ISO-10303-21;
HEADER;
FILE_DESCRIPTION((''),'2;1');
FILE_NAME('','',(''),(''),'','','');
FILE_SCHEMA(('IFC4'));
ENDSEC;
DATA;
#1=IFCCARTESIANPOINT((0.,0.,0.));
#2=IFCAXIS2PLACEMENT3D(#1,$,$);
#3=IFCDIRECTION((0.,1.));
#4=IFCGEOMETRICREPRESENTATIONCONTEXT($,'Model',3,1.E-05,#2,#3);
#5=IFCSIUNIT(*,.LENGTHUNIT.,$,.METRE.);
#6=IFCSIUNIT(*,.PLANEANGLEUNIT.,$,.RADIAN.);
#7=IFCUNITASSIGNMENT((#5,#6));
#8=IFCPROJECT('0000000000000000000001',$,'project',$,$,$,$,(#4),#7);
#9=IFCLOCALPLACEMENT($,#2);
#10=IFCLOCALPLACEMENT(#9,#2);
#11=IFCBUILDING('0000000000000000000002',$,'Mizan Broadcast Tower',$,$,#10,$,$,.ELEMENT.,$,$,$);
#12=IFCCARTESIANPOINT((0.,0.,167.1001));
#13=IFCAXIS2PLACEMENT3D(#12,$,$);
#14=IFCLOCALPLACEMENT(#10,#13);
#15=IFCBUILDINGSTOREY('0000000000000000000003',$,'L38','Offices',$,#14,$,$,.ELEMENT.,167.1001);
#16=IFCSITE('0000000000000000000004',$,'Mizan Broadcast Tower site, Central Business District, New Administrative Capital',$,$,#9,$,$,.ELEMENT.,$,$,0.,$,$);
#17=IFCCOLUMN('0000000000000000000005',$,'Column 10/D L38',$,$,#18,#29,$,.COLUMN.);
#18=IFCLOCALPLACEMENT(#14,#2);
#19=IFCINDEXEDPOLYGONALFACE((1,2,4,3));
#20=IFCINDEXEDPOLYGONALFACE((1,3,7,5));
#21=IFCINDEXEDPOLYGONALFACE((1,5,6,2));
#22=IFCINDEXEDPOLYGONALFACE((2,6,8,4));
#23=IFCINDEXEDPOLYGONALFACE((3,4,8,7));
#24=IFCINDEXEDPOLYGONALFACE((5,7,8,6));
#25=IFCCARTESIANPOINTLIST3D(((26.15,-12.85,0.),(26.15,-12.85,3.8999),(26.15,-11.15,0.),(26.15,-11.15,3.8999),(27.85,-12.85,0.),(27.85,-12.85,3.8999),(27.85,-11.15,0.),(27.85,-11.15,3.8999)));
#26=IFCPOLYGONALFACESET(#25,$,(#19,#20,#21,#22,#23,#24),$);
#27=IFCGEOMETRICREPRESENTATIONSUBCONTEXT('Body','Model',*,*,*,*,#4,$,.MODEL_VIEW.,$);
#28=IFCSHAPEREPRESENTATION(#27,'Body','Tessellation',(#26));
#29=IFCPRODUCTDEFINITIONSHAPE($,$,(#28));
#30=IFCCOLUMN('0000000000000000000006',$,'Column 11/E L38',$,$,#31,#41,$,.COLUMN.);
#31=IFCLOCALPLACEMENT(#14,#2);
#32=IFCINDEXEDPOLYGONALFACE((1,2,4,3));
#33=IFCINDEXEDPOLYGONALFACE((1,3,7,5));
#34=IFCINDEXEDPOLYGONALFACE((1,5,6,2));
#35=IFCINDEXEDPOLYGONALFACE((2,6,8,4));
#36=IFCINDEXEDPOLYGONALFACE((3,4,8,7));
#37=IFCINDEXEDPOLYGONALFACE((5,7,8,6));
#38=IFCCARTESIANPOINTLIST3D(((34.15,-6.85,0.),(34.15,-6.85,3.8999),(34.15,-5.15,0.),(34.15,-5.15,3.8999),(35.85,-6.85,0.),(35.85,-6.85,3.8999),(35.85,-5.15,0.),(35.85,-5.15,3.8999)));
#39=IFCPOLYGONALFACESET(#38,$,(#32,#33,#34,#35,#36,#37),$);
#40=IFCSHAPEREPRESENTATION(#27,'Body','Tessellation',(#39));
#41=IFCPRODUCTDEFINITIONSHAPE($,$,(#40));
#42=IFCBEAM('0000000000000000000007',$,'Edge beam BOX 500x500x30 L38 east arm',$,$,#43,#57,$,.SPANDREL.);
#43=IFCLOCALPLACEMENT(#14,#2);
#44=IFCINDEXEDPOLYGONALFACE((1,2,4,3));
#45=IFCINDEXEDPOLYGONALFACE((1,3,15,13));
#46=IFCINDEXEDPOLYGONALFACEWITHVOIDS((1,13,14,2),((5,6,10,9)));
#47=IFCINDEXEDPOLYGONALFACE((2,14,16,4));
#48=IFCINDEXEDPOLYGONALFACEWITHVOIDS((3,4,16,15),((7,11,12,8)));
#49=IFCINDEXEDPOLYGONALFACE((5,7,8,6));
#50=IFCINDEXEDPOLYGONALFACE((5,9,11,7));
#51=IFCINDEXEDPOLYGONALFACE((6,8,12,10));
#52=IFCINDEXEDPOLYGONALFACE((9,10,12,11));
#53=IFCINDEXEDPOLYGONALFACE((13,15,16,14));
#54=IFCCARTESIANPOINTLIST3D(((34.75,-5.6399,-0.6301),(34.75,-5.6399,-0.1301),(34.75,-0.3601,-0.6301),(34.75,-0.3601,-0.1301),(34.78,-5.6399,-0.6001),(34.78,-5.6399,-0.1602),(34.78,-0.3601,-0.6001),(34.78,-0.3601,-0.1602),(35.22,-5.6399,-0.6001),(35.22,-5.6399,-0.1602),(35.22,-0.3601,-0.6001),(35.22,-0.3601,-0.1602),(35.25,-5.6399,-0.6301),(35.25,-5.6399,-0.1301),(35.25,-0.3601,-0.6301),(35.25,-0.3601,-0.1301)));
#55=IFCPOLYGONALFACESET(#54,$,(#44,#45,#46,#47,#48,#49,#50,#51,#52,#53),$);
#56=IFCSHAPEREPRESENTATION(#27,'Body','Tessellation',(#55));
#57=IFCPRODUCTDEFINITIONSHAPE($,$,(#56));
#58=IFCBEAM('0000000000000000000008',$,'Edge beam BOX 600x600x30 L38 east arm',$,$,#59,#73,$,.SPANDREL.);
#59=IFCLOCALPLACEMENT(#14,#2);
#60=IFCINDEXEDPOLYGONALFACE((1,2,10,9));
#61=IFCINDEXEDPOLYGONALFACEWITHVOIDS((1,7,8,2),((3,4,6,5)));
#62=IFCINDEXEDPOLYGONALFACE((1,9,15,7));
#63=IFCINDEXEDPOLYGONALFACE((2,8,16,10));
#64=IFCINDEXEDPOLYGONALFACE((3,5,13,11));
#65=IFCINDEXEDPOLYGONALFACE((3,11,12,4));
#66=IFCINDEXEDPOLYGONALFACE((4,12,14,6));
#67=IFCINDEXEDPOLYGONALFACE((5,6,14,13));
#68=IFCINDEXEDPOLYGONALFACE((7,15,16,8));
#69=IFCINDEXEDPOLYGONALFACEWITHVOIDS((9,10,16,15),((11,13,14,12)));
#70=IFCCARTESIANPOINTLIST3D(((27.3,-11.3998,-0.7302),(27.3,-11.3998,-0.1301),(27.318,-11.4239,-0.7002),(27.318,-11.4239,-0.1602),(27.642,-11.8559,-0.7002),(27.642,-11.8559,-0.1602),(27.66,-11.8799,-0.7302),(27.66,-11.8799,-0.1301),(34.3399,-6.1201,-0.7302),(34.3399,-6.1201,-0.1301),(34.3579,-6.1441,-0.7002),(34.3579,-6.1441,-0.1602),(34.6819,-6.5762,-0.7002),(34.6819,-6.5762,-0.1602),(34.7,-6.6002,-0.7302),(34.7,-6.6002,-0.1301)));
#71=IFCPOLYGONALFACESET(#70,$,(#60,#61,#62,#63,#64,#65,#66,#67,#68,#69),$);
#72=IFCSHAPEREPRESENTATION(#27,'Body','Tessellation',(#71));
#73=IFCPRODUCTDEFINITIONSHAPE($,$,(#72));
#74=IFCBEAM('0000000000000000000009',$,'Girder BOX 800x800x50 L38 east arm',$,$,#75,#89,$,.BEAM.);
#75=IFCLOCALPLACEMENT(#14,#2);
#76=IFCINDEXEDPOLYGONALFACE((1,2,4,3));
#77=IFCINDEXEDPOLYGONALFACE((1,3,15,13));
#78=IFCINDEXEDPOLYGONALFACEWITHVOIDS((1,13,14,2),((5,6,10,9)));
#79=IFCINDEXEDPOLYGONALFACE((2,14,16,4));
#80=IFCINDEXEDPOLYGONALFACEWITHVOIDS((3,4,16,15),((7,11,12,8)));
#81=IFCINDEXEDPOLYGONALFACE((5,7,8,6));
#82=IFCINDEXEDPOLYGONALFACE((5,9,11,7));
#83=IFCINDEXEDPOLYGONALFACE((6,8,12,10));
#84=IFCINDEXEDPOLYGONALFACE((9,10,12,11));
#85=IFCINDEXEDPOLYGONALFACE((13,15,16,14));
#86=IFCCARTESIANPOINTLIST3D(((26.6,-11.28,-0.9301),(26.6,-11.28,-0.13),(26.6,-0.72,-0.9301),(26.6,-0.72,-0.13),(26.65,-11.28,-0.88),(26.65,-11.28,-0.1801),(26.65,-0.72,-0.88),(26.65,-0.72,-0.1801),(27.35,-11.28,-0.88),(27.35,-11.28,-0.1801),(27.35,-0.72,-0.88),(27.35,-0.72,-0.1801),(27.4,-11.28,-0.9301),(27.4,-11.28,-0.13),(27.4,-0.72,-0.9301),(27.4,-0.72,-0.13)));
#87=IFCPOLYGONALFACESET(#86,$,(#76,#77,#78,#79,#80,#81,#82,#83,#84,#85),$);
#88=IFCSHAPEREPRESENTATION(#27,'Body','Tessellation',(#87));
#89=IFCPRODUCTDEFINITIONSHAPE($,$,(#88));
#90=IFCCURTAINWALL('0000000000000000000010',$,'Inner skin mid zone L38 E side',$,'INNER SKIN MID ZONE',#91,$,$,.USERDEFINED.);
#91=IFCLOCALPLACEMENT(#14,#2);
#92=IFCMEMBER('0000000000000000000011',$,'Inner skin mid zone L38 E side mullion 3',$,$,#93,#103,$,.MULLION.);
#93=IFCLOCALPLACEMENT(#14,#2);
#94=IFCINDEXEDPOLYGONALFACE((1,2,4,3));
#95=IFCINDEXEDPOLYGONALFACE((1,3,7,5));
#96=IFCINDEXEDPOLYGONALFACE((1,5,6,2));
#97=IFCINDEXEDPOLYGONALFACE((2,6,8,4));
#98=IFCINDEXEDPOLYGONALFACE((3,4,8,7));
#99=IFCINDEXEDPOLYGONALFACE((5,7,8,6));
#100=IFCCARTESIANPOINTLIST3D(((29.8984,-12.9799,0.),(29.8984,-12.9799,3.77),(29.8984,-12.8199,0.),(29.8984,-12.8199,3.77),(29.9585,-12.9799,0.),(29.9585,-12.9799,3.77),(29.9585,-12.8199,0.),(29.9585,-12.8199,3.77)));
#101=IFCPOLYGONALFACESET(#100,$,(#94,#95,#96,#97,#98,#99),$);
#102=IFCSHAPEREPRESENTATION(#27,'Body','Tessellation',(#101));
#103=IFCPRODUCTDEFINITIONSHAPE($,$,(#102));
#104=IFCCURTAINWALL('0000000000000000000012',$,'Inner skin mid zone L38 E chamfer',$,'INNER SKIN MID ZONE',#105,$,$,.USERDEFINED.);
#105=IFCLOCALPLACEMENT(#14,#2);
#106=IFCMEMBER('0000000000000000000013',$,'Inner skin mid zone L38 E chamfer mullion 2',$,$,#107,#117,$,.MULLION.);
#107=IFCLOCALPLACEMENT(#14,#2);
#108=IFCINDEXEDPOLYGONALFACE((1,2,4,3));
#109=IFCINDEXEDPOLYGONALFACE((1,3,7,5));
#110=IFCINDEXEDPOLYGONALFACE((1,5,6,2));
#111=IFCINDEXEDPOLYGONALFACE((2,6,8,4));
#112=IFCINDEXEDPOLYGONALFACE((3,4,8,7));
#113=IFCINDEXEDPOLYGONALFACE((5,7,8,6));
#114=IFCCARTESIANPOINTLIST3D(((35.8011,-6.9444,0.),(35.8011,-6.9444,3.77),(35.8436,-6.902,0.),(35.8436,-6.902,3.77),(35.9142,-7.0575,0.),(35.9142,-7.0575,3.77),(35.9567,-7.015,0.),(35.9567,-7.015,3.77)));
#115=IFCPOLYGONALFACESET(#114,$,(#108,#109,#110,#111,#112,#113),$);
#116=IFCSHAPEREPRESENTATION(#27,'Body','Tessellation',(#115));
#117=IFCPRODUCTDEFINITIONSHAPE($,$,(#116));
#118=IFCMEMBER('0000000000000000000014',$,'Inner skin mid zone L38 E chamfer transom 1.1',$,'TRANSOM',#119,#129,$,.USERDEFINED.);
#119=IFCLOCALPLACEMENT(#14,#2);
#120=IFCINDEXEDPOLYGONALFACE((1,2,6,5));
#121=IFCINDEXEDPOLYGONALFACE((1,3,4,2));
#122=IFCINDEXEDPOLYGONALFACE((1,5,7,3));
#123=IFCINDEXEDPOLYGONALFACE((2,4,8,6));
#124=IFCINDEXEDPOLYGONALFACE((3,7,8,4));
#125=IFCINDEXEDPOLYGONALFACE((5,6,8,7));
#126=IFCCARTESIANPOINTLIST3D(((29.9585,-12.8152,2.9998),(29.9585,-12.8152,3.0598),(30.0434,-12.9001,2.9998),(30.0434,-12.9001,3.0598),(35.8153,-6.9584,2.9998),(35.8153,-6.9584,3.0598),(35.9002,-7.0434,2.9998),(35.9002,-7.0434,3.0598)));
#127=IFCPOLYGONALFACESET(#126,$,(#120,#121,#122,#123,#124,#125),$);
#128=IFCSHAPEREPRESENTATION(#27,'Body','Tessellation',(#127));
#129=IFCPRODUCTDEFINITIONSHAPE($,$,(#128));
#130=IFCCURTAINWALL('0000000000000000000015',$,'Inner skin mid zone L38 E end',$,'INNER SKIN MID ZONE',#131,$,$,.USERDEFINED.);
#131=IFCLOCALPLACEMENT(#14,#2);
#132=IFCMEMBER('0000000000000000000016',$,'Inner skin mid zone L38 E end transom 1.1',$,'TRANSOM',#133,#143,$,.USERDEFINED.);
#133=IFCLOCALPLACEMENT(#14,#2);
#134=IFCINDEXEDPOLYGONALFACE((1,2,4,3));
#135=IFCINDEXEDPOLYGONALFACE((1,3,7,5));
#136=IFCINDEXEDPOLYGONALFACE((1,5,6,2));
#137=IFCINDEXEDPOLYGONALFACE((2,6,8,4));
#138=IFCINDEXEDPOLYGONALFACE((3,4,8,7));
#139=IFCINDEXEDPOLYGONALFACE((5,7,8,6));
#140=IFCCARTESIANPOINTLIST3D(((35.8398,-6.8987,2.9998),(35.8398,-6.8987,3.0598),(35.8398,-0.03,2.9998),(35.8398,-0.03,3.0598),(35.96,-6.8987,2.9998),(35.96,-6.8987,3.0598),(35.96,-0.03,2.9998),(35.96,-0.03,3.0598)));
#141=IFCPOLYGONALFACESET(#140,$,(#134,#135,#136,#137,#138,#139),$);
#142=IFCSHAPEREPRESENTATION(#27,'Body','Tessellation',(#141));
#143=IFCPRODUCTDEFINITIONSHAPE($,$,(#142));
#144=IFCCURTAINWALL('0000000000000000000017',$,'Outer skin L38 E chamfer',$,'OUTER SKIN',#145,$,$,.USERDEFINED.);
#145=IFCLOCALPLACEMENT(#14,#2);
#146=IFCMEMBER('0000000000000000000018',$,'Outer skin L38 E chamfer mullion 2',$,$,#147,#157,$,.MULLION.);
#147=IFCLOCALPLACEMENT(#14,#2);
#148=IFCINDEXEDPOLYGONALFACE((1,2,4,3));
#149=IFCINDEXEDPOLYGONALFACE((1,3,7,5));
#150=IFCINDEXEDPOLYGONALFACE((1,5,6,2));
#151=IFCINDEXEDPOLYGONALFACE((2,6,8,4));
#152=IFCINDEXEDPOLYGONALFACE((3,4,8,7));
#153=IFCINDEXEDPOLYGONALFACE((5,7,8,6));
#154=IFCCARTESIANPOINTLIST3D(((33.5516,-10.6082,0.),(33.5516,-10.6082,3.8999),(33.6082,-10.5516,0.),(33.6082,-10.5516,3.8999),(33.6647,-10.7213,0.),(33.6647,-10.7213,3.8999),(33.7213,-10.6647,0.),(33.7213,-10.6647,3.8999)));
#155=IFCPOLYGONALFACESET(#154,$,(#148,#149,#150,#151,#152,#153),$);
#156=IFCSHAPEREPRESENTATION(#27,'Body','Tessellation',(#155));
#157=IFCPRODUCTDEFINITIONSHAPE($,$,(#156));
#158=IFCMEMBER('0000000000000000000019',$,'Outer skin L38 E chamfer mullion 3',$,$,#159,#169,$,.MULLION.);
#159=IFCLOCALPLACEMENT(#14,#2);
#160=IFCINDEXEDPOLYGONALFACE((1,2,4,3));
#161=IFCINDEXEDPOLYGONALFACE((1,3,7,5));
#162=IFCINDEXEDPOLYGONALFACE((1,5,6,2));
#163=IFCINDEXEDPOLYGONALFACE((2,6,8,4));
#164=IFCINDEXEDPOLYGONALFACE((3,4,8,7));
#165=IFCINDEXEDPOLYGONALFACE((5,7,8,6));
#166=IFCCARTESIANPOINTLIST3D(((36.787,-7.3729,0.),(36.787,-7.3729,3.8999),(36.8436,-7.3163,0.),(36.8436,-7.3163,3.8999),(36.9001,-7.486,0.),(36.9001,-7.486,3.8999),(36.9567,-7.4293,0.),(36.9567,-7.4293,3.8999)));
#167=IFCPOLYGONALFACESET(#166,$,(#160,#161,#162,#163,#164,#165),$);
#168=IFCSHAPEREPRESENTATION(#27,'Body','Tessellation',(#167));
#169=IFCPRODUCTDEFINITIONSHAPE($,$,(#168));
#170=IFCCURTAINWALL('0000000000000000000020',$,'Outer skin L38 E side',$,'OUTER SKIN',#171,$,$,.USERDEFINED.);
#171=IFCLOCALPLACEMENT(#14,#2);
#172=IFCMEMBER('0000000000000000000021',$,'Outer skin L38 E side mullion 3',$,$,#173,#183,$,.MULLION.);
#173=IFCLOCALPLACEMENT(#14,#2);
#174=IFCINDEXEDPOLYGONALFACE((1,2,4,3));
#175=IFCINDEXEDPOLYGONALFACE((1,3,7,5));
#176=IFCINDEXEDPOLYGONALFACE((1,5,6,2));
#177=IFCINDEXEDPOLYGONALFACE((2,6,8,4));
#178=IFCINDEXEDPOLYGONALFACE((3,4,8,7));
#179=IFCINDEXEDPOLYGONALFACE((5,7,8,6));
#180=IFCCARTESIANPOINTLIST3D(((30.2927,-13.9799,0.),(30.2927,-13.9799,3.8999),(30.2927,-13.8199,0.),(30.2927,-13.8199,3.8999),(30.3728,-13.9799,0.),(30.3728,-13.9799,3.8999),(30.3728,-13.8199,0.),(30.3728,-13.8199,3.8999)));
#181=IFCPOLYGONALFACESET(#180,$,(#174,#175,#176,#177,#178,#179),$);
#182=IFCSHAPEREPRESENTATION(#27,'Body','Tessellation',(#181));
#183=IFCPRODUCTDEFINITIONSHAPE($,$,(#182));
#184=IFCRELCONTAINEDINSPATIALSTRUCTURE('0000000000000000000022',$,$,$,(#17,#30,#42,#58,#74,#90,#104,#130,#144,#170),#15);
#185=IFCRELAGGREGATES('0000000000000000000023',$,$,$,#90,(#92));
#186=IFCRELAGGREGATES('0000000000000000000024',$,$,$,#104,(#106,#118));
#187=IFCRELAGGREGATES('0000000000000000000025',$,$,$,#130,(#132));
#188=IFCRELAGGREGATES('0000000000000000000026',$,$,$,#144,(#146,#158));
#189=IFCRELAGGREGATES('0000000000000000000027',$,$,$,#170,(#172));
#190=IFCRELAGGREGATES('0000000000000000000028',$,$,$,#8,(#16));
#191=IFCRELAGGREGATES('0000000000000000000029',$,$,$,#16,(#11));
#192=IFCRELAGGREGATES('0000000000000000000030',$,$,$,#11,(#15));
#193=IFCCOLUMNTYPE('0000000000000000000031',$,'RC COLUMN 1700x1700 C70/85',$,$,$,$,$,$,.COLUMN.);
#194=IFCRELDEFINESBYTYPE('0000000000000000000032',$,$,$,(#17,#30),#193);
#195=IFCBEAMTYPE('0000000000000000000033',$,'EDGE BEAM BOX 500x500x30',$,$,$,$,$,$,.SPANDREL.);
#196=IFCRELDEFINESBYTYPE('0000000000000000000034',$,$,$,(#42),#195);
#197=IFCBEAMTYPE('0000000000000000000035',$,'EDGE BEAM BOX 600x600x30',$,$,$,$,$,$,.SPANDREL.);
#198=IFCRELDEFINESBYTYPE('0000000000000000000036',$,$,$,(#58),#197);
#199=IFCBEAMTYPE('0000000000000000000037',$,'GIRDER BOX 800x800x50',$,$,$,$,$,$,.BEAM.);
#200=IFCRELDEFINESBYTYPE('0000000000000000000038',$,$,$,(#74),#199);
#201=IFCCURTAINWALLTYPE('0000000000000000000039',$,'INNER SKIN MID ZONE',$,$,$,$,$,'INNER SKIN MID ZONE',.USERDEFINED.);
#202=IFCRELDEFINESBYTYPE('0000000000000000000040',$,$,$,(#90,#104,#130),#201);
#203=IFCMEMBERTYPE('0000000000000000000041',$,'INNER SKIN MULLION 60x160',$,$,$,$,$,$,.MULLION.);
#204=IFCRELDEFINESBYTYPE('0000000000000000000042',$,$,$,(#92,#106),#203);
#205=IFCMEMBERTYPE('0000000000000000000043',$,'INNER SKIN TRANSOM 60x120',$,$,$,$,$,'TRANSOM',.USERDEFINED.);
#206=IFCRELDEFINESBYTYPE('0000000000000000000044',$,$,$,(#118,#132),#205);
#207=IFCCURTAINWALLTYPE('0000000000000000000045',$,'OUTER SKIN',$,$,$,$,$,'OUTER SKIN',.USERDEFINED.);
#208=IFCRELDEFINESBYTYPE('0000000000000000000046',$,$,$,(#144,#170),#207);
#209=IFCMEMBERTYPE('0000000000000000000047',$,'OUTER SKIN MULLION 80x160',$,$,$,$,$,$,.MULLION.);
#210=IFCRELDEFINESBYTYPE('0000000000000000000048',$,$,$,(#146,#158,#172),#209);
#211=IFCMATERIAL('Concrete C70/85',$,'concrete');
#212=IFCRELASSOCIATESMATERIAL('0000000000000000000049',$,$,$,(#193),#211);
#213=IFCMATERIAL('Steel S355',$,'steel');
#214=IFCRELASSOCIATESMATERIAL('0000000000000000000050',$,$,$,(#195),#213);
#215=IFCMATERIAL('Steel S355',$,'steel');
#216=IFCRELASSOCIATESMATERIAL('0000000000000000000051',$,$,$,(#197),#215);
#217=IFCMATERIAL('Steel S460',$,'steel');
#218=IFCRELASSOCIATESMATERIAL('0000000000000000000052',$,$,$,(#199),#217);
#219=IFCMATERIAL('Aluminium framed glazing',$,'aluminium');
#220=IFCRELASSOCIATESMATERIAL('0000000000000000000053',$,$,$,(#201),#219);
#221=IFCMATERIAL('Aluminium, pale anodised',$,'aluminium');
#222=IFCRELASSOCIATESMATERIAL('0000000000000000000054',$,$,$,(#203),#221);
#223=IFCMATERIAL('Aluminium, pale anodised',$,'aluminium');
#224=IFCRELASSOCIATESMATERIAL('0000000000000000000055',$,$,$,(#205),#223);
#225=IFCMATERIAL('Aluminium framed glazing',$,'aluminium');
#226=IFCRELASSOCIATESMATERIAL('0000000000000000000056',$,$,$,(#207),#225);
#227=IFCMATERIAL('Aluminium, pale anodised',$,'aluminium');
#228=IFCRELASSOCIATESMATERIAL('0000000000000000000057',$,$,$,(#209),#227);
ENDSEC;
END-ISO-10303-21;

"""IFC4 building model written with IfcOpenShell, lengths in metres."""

from ifc_helpers import new_model, si_unit, direction, frame, origin, origin_2d, place, context, subcontext, project, spatial, rectangle, hollow_rectangle, extrude, material, material_profile, profile_set, type_object, element, aggregate, save


model = new_model("IFC4")

# Units and contexts
model_context = context("Model", 3, precision=1e-05, world=origin(), true_north=direction((0.0, 1.0)))
body_context = subcontext(model_context, "Body", "Model", "MODEL_VIEW")
ifc_project = project(units=[si_unit("LENGTHUNIT", "METRE"), si_unit("PLANEANGLEUNIT", "RADIAN")], contexts=[model_context])

# Site, building, storey
site_placement = place(None, origin())
site = spatial("IfcSite", under=ifc_project, at=site_placement, Name="Mizan Broadcast Tower site, Central Business District, New Administrative Capital", CompositionType="ELEMENT", RefElevation=0.0)
building_placement = place(site_placement, origin())
building = spatial("IfcBuilding", under=site, at=building_placement, Name="Mizan Broadcast Tower", CompositionType="ELEMENT")
storey_placement = place(building_placement, frame((0.0, 0.0, 167.1001)))
storey = spatial("IfcBuildingStorey", under=building, at=storey_placement, Name="L38", Description="Offices", CompositionType="ELEMENT", Elevation=167.1001)

# Columns
ifc_material_1 = material(Name="Concrete C70/85", Category="concrete")
ifc_material_profile_1 = material_profile(ifc_material_1, rectangle(XDim=1.7, YDim=1.7, at=origin_2d()), Name="RC 1700x1700")
ifc_profile_set_1 = profile_set([ifc_material_profile_1], Name="Concrete C70/85")
column_type = type_object("IfcColumnType", Name="RC COLUMN 1700x1700 C70/85", PredefinedType="COLUMN", material=ifc_profile_set_1)
for number, where, z_axis, x_axis, name in (
    (1, (27.0, -12.0, 0.0), (0.0, 0.0, 1.0), (1.0, 0.0, 0.0), "Column 10/D L38"),
    (2, (35.0, -6.0, 0.0), (0.0, 0.0, 1.0), (1.0, 0.0, 0.0), "Column 11/E L38"),
):
    element("IfcColumn", number, at=place(storey_placement, frame(where, z_axis=z_axis, x_axis=x_axis)), inside=storey, type_object=column_type, Name=name, PredefinedType="COLUMN", context=body_context, shape_type="SweptSolid", body=[
        extrude(rectangle(XDim=1.7, YDim=1.7, at=origin_2d()), origin(), (0.0, 0.0, 1.0), 3.8999),
    ])

# Beams
ifc_material_2 = material(Name="Steel S355", Category="steel")
ifc_material_profile_2 = material_profile(ifc_material_2, hollow_rectangle(XDim=0.5, YDim=0.5, WallThickness=0.03, at=origin_2d()), Name="BOX 500x500x30")
ifc_profile_set_2 = profile_set([ifc_material_profile_2], Name="Steel S355")
beam_type_1 = type_object("IfcBeamType", Name="EDGE BEAM BOX 500x500x30", PredefinedType="SPANDREL", material=ifc_profile_set_2)
beam_1_placement = place(storey_placement, frame((35.0, -5.6399, -0.3801), z_axis=(0.0, 1.0, 0.0), x_axis=(-1.0, 0.0, 0.0)))
element("IfcBeam", 3, at=beam_1_placement, inside=storey, type_object=beam_type_1, Name="Edge beam BOX 500x500x30 L38 east arm", PredefinedType="SPANDREL", context=body_context, shape_type="SweptSolid", body=[
    extrude(hollow_rectangle(XDim=0.5, YDim=0.5, WallThickness=0.03, at=origin_2d()), origin(), (0.0, 0.0, 1.0), 5.2798),
])
ifc_material_3 = material(Name="Steel S355", Category="steel")
ifc_material_profile_3 = material_profile(ifc_material_3, hollow_rectangle(XDim=0.6001, YDim=0.6001, WallThickness=0.03, at=origin_2d()), Name="BOX 600x600x30")
ifc_profile_set_3 = profile_set([ifc_material_profile_3], Name="Steel S355")
beam_type_2 = type_object("IfcBeamType", Name="EDGE BEAM BOX 600x600x30", PredefinedType="SPANDREL", material=ifc_profile_set_3)
beam_2_placement = place(storey_placement, frame((27.48, -11.6399, -0.4302), z_axis=(0.800013, 0.599982, 0.0), x_axis=(-0.599982, 0.800013, 0.0)))
element("IfcBeam", 4, at=beam_2_placement, inside=storey, type_object=beam_type_2, Name="Edge beam BOX 600x600x30 L38 east arm", PredefinedType="SPANDREL", context=body_context, shape_type="SweptSolid", body=[
    extrude(hollow_rectangle(XDim=0.6001, YDim=0.6001, WallThickness=0.03, at=origin_2d()), origin(), (0.0, 0.0, 1.0), 8.7998),
])
ifc_material_4 = material(Name="Steel S460", Category="steel")
ifc_material_profile_4 = material_profile(ifc_material_4, hollow_rectangle(XDim=0.8, YDim=0.8, WallThickness=0.05, at=origin_2d()), Name="BOX 800x800x50")
ifc_profile_set_4 = profile_set([ifc_material_profile_4], Name="Steel S460")
beam_type_3 = type_object("IfcBeamType", Name="GIRDER BOX 800x800x50", PredefinedType="BEAM", material=ifc_profile_set_4)
beam_3_placement = place(storey_placement, frame((27.0, -11.28, -0.53), z_axis=(0.0, 1.0, 0.0), x_axis=(-1.0, 0.0, 0.0)))
element("IfcBeam", 5, at=beam_3_placement, inside=storey, type_object=beam_type_3, Name="Girder BOX 800x800x50 L38 east arm", PredefinedType="BEAM", context=body_context, shape_type="SweptSolid", body=[
    extrude(hollow_rectangle(XDim=0.8, YDim=0.8, WallThickness=0.05, at=origin_2d()), origin(), (0.0, 0.0, 1.0), 10.5601),
])

# Curtain wall, member
ifc_material_5 = material(Name="Aluminium framed glazing", Category="aluminium")
curtain_wall_type_1 = type_object("IfcCurtainWallType", Name="INNER SKIN MID ZONE", ElementType="INNER SKIN MID ZONE", PredefinedType="USERDEFINED", material=ifc_material_5)
curtain_wall_1_placement = place(storey_placement, origin())
curtain_wall_1 = element("IfcCurtainWall", 6, at=curtain_wall_1_placement, inside=storey, type_object=curtain_wall_type_1, Name="Inner skin mid zone L38 E side", ObjectType="INNER SKIN MID ZONE", PredefinedType="USERDEFINED")
ifc_material_6 = material(Name="Aluminium, pale anodised", Category="aluminium")
ifc_material_profile_5 = material_profile(ifc_material_6, rectangle(XDim=0.1599, YDim=0.0601, at=origin_2d()), Name="MULLION 160x60")
ifc_profile_set_5 = profile_set([ifc_material_profile_5], Name="Aluminium, pale anodised")
member_type_1 = type_object("IfcMemberType", Name="INNER SKIN MULLION 60x160", PredefinedType="MULLION", material=ifc_profile_set_5)
member_1_placement = place(storey_placement, frame((29.9285, -12.8999, 0.0), z_axis=(0.0, 0.0, 1.0), x_axis=(0.0, 1.0, 0.0)))
member_1 = element("IfcMember", 7, at=member_1_placement, type_object=member_type_1, Name="Inner skin mid zone L38 E side mullion 3", PredefinedType="MULLION", context=body_context, shape_type="SweptSolid", body=[
    extrude(rectangle(XDim=0.1599, YDim=0.0601, at=origin_2d()), origin(), (0.0, 0.0, 1.0), 3.77),
])

# Curtain wall, members
curtain_wall_2_placement = place(storey_placement, origin())
curtain_wall_2 = element("IfcCurtainWall", 8, at=curtain_wall_2_placement, inside=storey, type_object=curtain_wall_type_1, Name="Inner skin mid zone L38 E chamfer", ObjectType="INNER SKIN MID ZONE", PredefinedType="USERDEFINED")
member_2_placement = place(storey_placement, frame((35.8789, -6.9797, 0.0), z_axis=(0.0, 0.0, 1.0), x_axis=(-0.707107, 0.707107, 0.0)))
member_2 = element("IfcMember", 9, at=member_2_placement, type_object=member_type_1, Name="Inner skin mid zone L38 E chamfer mullion 2", PredefinedType="MULLION", context=body_context, shape_type="SweptSolid", body=[
    extrude(rectangle(XDim=0.1599, YDim=0.0601, at=origin_2d()), origin(), (0.0, 0.0, 1.0), 3.77),
])
ifc_material_7 = material(Name="Aluminium, pale anodised", Category="aluminium")
ifc_material_profile_6 = material_profile(ifc_material_7, rectangle(XDim=0.1201, YDim=0.0601, at=origin_2d()), Name="TRANSOM 120x60")
ifc_profile_set_6 = profile_set([ifc_material_profile_6], Name="Aluminium, pale anodised")
member_type_2 = type_object("IfcMemberType", Name="INNER SKIN TRANSOM 60x120", ElementType="TRANSOM", PredefinedType="USERDEFINED", material=ifc_profile_set_6)
member_3_placement = place(storey_placement, frame((30.001, -12.8577, 3.0298), z_axis=(0.707107, 0.707107, 0.0), x_axis=(-0.707107, 0.707107, 0.0)))
member_3 = element("IfcMember", 10, at=member_3_placement, type_object=member_type_2, Name="Inner skin mid zone L38 E chamfer transom 1.1", ObjectType="TRANSOM", PredefinedType="USERDEFINED", context=body_context, shape_type="SweptSolid", body=[
    extrude(rectangle(XDim=0.1201, YDim=0.0601, at=origin_2d()), origin(), (0.0, 0.0, 1.0), 8.2827),
])

# Curtain wall, member
curtain_wall_3_placement = place(storey_placement, origin())
curtain_wall_3 = element("IfcCurtainWall", 11, at=curtain_wall_3_placement, inside=storey, type_object=curtain_wall_type_1, Name="Inner skin mid zone L38 E end", ObjectType="INNER SKIN MID ZONE", PredefinedType="USERDEFINED")
member_4_placement = place(storey_placement, frame((35.8999, -6.8987, 3.0298), z_axis=(0.0, 1.0, 0.0), x_axis=(-1.0, 0.0, 0.0)))
member_4 = element("IfcMember", 12, at=member_4_placement, type_object=member_type_2, Name="Inner skin mid zone L38 E end transom 1.1", ObjectType="TRANSOM", PredefinedType="USERDEFINED", context=body_context, shape_type="SweptSolid", body=[
    extrude(rectangle(XDim=0.1201, YDim=0.0601, at=origin_2d()), origin(), (0.0, 0.0, 1.0), 6.8687),
])

# Curtain wall, members
ifc_material_8 = material(Name="Aluminium framed glazing", Category="aluminium")
curtain_wall_type_2 = type_object("IfcCurtainWallType", Name="OUTER SKIN", ElementType="OUTER SKIN", PredefinedType="USERDEFINED", material=ifc_material_8)
curtain_wall_4_placement = place(storey_placement, origin())
curtain_wall_4 = element("IfcCurtainWall", 13, at=curtain_wall_4_placement, inside=storey, type_object=curtain_wall_type_2, Name="Outer skin L38 E chamfer", ObjectType="OUTER SKIN", PredefinedType="USERDEFINED")
ifc_material_9 = material(Name="Aluminium, pale anodised", Category="aluminium")
ifc_material_profile_7 = material_profile(ifc_material_9, rectangle(XDim=0.1599, YDim=0.0801, at=origin_2d()), Name="MULLION 160x80")
ifc_profile_set_7 = profile_set([ifc_material_profile_7], Name="Aluminium, pale anodised")
member_type_3 = type_object("IfcMemberType", Name="OUTER SKIN MULLION 80x160", PredefinedType="MULLION", material=ifc_profile_set_7)
member_5_placement = place(storey_placement, frame((33.6365, -10.6365, 0.0), z_axis=(0.0, 0.0, 1.0), x_axis=(-0.707107, 0.707107, 0.0)))
member_5 = element("IfcMember", 14, at=member_5_placement, type_object=member_type_3, Name="Outer skin L38 E chamfer mullion 2", PredefinedType="MULLION", context=body_context, shape_type="SweptSolid", body=[
    extrude(rectangle(XDim=0.1599, YDim=0.0801, at=origin_2d()), origin(), (0.0, 0.0, 1.0), 3.8999),
])
member_6_placement = place(storey_placement, frame((36.8718, -7.4011, 0.0), z_axis=(0.0, 0.0, 1.0), x_axis=(-0.707107, 0.707107, 0.0)))
member_6 = element("IfcMember", 15, at=member_6_placement, type_object=member_type_3, Name="Outer skin L38 E chamfer mullion 3", PredefinedType="MULLION", context=body_context, shape_type="SweptSolid", body=[
    extrude(rectangle(XDim=0.1599, YDim=0.0801, at=origin_2d()), origin(), (0.0, 0.0, 1.0), 3.8999),
])

# Curtain wall, member
curtain_wall_5_placement = place(storey_placement, origin())
curtain_wall_5 = element("IfcCurtainWall", 16, at=curtain_wall_5_placement, inside=storey, type_object=curtain_wall_type_2, Name="Outer skin L38 E side", ObjectType="OUTER SKIN", PredefinedType="USERDEFINED")
member_7_placement = place(storey_placement, frame((30.3328, -13.8999, 0.0), z_axis=(0.0, 0.0, 1.0), x_axis=(0.0, 1.0, 0.0)))
member_7 = element("IfcMember", 17, at=member_7_placement, type_object=member_type_3, Name="Outer skin L38 E side mullion 3", PredefinedType="MULLION", context=body_context, shape_type="SweptSolid", body=[
    extrude(rectangle(XDim=0.1599, YDim=0.0801, at=origin_2d()), origin(), (0.0, 0.0, 1.0), 3.8999),
])

aggregate(curtain_wall_1, [member_1])
aggregate(curtain_wall_2, [member_2, member_3])
aggregate(curtain_wall_3, [member_4])
aggregate(curtain_wall_4, [member_5, member_6])
aggregate(curtain_wall_5, [member_7])

save(model, "model.ifc")
